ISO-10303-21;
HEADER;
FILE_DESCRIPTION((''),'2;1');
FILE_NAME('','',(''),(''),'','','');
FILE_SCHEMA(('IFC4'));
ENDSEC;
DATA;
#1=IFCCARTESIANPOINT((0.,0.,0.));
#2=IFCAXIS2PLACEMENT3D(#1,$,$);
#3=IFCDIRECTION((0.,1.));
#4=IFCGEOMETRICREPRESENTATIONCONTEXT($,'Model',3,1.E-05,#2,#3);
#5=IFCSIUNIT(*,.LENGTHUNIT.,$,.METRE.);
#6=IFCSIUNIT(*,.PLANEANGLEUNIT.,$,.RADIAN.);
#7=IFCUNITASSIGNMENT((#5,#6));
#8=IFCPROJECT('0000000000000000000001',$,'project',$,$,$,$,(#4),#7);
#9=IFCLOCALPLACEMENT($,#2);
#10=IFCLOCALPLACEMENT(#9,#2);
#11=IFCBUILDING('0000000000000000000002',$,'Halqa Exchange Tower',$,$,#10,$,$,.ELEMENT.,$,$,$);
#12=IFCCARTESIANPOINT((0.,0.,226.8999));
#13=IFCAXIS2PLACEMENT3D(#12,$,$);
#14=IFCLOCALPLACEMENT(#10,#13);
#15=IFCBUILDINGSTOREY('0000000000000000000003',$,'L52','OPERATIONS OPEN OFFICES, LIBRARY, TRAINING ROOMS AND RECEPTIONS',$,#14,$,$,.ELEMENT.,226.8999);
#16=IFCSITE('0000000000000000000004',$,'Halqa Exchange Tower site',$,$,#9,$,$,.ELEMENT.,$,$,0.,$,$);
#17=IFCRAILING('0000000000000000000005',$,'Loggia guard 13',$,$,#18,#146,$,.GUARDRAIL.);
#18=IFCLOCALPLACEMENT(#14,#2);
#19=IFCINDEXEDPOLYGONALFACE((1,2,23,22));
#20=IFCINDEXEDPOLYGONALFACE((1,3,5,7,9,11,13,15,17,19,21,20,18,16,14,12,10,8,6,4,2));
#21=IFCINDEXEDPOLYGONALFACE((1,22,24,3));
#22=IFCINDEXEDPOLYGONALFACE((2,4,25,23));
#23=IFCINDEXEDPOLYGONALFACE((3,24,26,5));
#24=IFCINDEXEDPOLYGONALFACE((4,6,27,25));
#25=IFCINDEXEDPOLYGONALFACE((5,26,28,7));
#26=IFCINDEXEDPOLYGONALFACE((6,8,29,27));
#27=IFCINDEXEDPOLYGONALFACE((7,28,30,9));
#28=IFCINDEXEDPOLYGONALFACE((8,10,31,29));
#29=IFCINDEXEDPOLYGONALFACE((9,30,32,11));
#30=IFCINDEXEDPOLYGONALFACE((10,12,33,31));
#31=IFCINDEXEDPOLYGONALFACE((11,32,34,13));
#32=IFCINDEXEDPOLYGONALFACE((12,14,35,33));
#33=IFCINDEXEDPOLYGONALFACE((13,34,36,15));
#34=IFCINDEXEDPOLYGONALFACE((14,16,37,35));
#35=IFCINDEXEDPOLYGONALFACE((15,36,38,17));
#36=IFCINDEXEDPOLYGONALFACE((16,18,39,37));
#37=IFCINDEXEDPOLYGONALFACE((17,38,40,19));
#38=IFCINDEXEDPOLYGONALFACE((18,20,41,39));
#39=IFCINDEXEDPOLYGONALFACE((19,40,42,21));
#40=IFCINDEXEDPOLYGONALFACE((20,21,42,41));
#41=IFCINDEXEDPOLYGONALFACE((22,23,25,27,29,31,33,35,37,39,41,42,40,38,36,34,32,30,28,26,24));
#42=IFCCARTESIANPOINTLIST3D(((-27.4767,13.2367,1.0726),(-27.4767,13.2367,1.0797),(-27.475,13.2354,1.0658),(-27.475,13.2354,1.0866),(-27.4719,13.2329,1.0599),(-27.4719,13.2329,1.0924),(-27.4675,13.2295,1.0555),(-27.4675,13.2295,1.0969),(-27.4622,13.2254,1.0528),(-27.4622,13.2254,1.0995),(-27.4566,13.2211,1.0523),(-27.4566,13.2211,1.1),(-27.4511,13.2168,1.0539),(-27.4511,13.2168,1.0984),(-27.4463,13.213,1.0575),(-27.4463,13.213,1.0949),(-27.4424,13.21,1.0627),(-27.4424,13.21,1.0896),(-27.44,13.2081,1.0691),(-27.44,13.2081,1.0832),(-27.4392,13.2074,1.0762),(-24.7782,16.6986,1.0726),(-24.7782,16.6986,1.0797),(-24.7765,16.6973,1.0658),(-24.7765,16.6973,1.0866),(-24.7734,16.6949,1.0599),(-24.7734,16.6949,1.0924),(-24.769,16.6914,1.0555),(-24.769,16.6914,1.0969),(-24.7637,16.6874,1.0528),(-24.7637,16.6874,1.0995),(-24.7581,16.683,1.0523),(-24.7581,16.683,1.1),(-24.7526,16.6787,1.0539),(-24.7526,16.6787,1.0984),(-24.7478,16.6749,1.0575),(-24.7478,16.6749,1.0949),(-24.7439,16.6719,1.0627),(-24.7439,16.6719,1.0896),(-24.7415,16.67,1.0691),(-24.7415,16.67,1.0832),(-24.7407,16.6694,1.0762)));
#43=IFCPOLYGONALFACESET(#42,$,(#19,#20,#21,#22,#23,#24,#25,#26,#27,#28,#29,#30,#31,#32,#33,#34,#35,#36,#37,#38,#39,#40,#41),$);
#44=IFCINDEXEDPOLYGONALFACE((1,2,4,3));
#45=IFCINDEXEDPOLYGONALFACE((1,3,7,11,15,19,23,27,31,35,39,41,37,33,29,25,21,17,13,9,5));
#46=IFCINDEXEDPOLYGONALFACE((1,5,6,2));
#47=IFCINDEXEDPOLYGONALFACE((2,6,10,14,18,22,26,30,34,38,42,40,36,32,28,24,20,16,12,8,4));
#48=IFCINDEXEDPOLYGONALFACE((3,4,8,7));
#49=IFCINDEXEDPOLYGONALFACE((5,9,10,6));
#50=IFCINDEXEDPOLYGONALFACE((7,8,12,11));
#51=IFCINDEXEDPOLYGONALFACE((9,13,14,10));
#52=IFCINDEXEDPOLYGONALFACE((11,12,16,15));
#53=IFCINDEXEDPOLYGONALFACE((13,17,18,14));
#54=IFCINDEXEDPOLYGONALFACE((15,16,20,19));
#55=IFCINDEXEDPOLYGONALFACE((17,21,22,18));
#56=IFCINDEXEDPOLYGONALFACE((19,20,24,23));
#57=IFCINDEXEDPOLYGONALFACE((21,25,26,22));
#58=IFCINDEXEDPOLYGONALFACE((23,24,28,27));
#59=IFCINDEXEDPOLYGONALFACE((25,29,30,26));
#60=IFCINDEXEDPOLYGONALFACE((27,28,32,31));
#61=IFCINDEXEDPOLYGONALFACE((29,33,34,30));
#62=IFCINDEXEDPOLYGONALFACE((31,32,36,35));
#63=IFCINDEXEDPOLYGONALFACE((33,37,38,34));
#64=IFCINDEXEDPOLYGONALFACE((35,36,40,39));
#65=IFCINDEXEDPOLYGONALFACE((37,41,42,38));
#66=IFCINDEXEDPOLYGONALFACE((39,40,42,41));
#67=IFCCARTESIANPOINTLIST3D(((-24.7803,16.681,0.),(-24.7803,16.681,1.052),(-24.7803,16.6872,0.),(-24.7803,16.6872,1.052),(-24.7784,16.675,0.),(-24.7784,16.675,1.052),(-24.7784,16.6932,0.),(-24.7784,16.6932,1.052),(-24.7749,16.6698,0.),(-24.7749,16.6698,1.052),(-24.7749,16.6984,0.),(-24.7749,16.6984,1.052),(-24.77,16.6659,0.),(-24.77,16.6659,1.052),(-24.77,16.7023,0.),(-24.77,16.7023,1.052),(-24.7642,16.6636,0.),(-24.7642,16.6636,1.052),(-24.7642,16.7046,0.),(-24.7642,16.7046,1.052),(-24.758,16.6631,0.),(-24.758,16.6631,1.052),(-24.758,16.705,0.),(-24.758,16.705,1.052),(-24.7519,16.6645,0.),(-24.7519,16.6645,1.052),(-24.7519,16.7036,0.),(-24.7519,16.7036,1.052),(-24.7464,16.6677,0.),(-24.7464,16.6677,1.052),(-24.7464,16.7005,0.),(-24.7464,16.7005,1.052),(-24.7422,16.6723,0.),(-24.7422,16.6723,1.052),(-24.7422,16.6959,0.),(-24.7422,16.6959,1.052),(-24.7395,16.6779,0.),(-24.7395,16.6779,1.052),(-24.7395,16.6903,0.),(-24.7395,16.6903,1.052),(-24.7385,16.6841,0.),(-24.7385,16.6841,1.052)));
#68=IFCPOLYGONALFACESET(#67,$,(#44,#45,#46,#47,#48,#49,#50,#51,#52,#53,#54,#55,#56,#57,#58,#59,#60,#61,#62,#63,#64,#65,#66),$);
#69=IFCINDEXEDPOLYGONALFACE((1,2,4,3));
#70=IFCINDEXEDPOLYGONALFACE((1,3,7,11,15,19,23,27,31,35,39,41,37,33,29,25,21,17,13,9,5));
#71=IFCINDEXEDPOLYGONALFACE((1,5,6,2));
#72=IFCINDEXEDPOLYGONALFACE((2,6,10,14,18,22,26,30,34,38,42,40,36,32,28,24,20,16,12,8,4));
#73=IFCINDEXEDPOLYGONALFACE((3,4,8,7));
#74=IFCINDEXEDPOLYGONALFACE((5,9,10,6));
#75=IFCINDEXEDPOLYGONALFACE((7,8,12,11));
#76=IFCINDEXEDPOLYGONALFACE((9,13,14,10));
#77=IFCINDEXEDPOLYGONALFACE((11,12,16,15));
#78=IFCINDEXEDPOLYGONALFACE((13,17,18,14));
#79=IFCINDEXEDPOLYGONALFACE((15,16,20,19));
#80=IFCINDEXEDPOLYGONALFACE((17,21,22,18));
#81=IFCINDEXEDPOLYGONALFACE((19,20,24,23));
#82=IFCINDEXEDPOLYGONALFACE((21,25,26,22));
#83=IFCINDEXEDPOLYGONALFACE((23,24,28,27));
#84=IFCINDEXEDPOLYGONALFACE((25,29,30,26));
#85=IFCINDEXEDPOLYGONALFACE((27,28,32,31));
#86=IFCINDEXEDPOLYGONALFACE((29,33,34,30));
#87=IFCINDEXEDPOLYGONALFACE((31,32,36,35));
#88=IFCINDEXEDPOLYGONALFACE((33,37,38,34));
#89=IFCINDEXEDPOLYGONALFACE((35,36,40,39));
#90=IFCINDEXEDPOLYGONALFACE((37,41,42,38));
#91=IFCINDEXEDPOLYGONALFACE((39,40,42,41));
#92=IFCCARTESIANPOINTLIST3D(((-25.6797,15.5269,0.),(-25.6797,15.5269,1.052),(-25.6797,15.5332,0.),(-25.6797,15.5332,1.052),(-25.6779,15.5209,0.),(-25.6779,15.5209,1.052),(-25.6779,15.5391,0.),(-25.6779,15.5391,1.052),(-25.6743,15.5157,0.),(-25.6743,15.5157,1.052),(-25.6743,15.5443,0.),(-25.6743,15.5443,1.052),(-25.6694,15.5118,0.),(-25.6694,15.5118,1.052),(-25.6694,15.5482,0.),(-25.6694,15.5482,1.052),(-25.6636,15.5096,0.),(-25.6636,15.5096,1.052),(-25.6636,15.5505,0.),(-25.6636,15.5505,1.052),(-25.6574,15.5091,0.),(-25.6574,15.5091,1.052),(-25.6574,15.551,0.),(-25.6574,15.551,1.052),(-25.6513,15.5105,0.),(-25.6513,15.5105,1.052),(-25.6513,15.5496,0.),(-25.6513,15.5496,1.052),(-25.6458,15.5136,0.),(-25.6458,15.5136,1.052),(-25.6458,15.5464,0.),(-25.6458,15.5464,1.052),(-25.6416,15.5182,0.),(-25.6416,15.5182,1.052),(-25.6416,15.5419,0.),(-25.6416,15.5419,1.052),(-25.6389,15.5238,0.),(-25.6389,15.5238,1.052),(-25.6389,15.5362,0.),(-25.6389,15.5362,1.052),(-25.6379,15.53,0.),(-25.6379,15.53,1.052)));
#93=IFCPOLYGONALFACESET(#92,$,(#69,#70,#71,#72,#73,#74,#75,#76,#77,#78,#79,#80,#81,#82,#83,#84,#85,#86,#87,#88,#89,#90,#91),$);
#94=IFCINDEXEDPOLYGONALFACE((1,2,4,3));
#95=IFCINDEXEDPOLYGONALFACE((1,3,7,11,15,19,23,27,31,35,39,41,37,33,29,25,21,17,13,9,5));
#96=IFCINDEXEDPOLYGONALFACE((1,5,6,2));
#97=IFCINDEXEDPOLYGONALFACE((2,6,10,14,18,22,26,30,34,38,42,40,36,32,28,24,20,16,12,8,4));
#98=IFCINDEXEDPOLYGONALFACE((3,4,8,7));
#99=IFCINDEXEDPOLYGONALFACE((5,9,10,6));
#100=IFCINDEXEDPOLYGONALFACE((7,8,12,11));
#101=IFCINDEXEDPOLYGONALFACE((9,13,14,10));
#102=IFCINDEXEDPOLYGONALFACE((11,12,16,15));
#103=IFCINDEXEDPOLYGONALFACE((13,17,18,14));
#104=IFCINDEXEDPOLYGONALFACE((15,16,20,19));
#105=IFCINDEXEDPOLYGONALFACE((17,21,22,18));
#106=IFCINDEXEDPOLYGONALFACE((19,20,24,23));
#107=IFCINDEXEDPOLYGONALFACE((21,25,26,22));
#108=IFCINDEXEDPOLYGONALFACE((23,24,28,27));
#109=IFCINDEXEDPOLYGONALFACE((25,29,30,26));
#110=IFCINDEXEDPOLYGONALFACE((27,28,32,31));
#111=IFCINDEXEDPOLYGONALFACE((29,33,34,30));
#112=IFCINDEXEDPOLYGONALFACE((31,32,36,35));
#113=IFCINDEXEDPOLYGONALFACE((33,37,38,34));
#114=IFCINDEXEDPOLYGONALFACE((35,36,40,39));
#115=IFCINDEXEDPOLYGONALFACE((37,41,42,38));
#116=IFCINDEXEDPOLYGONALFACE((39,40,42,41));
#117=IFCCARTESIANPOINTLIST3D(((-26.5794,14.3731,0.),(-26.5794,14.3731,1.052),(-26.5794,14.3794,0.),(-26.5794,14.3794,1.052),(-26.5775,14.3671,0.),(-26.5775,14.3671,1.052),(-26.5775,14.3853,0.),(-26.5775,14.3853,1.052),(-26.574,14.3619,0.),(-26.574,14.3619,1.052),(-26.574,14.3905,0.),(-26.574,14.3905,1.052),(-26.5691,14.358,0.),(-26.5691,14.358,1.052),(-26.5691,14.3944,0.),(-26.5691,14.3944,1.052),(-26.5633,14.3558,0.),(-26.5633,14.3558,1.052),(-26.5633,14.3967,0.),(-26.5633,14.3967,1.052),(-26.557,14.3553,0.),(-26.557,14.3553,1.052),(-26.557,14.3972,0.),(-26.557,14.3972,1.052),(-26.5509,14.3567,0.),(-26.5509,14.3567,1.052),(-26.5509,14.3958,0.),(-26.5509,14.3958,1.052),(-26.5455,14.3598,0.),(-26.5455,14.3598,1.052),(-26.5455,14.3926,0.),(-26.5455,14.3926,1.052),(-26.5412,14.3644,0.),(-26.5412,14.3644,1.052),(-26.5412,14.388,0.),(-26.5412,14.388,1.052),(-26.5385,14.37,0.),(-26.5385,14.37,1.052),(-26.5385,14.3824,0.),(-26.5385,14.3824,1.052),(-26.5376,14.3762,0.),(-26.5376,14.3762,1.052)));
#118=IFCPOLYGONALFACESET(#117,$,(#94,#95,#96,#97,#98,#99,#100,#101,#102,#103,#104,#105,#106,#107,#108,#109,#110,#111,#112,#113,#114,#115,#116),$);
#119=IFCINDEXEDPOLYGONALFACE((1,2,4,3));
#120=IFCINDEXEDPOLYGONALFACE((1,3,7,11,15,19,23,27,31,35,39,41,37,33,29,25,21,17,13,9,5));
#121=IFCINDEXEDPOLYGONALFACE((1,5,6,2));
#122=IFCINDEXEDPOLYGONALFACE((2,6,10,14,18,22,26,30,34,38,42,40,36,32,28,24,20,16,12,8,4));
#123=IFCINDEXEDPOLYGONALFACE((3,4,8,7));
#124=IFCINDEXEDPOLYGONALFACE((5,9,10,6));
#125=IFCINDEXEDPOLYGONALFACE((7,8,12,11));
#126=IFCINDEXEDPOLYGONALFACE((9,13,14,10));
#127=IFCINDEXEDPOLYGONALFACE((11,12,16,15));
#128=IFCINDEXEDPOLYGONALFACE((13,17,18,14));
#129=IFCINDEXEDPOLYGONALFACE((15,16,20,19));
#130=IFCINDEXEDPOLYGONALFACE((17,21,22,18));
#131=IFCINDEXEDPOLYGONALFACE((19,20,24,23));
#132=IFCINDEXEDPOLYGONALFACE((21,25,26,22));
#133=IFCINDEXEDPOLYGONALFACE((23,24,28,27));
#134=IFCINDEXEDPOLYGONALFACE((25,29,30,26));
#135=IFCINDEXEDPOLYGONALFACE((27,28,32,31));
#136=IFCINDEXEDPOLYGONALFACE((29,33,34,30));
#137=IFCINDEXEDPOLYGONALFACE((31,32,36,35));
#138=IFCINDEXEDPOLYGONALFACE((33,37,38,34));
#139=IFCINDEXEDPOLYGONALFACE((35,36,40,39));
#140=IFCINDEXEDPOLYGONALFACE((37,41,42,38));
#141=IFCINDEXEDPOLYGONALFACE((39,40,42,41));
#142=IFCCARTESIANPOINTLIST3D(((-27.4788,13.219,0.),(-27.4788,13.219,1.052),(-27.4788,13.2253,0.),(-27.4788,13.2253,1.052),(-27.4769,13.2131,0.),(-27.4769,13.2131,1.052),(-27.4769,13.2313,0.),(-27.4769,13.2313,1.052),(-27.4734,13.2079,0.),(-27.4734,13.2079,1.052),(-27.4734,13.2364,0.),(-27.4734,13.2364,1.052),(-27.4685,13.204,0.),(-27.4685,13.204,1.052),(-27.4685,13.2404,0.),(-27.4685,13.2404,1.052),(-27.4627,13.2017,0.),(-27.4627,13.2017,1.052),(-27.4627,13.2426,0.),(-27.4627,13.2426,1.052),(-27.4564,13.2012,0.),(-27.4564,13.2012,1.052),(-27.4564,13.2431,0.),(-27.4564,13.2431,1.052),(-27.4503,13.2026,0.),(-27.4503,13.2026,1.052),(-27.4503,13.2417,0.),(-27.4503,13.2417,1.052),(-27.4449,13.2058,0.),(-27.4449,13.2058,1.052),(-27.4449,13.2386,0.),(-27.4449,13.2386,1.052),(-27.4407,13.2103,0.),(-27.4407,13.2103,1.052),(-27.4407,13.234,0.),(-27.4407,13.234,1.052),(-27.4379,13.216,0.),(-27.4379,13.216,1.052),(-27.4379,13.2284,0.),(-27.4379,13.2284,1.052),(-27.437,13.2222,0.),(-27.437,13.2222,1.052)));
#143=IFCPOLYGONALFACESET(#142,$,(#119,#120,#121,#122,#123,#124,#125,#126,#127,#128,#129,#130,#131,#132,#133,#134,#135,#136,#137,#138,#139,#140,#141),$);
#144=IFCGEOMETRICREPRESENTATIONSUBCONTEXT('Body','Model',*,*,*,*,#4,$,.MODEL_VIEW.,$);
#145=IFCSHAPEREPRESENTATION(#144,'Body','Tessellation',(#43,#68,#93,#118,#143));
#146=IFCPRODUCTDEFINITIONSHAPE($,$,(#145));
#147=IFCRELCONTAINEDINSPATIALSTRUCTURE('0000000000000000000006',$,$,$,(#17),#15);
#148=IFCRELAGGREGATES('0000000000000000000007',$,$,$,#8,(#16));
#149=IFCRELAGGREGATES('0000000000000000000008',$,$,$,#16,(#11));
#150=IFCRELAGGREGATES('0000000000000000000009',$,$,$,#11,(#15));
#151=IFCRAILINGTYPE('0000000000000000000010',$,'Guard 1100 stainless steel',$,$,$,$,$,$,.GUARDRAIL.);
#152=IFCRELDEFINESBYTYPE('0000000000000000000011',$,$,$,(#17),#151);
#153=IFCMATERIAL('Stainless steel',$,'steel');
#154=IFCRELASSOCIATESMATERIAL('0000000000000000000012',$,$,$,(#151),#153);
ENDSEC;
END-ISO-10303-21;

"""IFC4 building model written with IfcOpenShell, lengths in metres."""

from ifc_helpers import new_model, si_unit, direction, frame, origin, origin_2d, place, context, subcontext, project, spatial, circle, extrude, material, type_object, element, save


model = new_model("IFC4")

# Units and contexts
model_context = context("Model", 3, precision=1e-05, world=origin(), true_north=direction((0.0, 1.0)))
body_context = subcontext(model_context, "Body", "Model", "MODEL_VIEW")
ifc_project = project(units=[si_unit("LENGTHUNIT", "METRE"), si_unit("PLANEANGLEUNIT", "RADIAN")], contexts=[model_context])

# Site, building, storey
site_placement = place(None, origin())
site = spatial("IfcSite", under=ifc_project, at=site_placement, Name="Halqa Exchange Tower site", CompositionType="ELEMENT", RefElevation=0.0)
building_placement = place(site_placement, origin())
building = spatial("IfcBuilding", under=site, at=building_placement, Name="Halqa Exchange Tower", CompositionType="ELEMENT")
storey_placement = place(building_placement, frame((0.0, 0.0, 226.8999)))
storey = spatial("IfcBuildingStorey", under=building, at=storey_placement, Name="L52", Description="OPERATIONS OPEN OFFICES, LIBRARY, TRAINING ROOMS AND RECEPTIONS", CompositionType="ELEMENT", Elevation=226.8999)

# Railing
ifc_material_1 = material(Name="Stainless steel", Category="steel")
railing_type = type_object("IfcRailingType", Name="Guard 1100 stainless steel", PredefinedType="GUARDRAIL", material=ifc_material_1)
railing_1_placement = place(storey_placement, frame((-24.7595, 16.6841, 0.0)))
element("IfcRailing", 1, at=railing_1_placement, inside=storey, type_object=railing_type, Name="Loggia guard 13", PredefinedType="GUARDRAIL", context=body_context, shape_type="SweptSolid", body=[
    extrude(circle(Radius=0.0239, at=origin_2d()), frame((0.0, 0.0, 1.0762), z_axis=(-0.614776, -0.788702, 0.0), x_axis=(0.788702, -0.614776, 0.0)), (0.0, 0.0, 1.0), 4.3894),
    extrude(circle(Radius=0.021, at=origin_2d()), origin(), (0.0, 0.0, 1.0), 1.052),
    extrude(circle(Radius=0.021, at=origin_2d()), frame((-0.8994, -1.1541, 0.0)), (0.0, 0.0, 1.0), 1.052),
    extrude(circle(Radius=0.021, at=origin_2d()), frame((-1.7991, -2.3079, 0.0)), (0.0, 0.0, 1.0), 1.052),
    extrude(circle(Radius=0.021, at=origin_2d()), frame((-2.6985, -3.4619, 0.0)), (0.0, 0.0, 1.0), 1.052),
])

save(model, "model.ifc")
